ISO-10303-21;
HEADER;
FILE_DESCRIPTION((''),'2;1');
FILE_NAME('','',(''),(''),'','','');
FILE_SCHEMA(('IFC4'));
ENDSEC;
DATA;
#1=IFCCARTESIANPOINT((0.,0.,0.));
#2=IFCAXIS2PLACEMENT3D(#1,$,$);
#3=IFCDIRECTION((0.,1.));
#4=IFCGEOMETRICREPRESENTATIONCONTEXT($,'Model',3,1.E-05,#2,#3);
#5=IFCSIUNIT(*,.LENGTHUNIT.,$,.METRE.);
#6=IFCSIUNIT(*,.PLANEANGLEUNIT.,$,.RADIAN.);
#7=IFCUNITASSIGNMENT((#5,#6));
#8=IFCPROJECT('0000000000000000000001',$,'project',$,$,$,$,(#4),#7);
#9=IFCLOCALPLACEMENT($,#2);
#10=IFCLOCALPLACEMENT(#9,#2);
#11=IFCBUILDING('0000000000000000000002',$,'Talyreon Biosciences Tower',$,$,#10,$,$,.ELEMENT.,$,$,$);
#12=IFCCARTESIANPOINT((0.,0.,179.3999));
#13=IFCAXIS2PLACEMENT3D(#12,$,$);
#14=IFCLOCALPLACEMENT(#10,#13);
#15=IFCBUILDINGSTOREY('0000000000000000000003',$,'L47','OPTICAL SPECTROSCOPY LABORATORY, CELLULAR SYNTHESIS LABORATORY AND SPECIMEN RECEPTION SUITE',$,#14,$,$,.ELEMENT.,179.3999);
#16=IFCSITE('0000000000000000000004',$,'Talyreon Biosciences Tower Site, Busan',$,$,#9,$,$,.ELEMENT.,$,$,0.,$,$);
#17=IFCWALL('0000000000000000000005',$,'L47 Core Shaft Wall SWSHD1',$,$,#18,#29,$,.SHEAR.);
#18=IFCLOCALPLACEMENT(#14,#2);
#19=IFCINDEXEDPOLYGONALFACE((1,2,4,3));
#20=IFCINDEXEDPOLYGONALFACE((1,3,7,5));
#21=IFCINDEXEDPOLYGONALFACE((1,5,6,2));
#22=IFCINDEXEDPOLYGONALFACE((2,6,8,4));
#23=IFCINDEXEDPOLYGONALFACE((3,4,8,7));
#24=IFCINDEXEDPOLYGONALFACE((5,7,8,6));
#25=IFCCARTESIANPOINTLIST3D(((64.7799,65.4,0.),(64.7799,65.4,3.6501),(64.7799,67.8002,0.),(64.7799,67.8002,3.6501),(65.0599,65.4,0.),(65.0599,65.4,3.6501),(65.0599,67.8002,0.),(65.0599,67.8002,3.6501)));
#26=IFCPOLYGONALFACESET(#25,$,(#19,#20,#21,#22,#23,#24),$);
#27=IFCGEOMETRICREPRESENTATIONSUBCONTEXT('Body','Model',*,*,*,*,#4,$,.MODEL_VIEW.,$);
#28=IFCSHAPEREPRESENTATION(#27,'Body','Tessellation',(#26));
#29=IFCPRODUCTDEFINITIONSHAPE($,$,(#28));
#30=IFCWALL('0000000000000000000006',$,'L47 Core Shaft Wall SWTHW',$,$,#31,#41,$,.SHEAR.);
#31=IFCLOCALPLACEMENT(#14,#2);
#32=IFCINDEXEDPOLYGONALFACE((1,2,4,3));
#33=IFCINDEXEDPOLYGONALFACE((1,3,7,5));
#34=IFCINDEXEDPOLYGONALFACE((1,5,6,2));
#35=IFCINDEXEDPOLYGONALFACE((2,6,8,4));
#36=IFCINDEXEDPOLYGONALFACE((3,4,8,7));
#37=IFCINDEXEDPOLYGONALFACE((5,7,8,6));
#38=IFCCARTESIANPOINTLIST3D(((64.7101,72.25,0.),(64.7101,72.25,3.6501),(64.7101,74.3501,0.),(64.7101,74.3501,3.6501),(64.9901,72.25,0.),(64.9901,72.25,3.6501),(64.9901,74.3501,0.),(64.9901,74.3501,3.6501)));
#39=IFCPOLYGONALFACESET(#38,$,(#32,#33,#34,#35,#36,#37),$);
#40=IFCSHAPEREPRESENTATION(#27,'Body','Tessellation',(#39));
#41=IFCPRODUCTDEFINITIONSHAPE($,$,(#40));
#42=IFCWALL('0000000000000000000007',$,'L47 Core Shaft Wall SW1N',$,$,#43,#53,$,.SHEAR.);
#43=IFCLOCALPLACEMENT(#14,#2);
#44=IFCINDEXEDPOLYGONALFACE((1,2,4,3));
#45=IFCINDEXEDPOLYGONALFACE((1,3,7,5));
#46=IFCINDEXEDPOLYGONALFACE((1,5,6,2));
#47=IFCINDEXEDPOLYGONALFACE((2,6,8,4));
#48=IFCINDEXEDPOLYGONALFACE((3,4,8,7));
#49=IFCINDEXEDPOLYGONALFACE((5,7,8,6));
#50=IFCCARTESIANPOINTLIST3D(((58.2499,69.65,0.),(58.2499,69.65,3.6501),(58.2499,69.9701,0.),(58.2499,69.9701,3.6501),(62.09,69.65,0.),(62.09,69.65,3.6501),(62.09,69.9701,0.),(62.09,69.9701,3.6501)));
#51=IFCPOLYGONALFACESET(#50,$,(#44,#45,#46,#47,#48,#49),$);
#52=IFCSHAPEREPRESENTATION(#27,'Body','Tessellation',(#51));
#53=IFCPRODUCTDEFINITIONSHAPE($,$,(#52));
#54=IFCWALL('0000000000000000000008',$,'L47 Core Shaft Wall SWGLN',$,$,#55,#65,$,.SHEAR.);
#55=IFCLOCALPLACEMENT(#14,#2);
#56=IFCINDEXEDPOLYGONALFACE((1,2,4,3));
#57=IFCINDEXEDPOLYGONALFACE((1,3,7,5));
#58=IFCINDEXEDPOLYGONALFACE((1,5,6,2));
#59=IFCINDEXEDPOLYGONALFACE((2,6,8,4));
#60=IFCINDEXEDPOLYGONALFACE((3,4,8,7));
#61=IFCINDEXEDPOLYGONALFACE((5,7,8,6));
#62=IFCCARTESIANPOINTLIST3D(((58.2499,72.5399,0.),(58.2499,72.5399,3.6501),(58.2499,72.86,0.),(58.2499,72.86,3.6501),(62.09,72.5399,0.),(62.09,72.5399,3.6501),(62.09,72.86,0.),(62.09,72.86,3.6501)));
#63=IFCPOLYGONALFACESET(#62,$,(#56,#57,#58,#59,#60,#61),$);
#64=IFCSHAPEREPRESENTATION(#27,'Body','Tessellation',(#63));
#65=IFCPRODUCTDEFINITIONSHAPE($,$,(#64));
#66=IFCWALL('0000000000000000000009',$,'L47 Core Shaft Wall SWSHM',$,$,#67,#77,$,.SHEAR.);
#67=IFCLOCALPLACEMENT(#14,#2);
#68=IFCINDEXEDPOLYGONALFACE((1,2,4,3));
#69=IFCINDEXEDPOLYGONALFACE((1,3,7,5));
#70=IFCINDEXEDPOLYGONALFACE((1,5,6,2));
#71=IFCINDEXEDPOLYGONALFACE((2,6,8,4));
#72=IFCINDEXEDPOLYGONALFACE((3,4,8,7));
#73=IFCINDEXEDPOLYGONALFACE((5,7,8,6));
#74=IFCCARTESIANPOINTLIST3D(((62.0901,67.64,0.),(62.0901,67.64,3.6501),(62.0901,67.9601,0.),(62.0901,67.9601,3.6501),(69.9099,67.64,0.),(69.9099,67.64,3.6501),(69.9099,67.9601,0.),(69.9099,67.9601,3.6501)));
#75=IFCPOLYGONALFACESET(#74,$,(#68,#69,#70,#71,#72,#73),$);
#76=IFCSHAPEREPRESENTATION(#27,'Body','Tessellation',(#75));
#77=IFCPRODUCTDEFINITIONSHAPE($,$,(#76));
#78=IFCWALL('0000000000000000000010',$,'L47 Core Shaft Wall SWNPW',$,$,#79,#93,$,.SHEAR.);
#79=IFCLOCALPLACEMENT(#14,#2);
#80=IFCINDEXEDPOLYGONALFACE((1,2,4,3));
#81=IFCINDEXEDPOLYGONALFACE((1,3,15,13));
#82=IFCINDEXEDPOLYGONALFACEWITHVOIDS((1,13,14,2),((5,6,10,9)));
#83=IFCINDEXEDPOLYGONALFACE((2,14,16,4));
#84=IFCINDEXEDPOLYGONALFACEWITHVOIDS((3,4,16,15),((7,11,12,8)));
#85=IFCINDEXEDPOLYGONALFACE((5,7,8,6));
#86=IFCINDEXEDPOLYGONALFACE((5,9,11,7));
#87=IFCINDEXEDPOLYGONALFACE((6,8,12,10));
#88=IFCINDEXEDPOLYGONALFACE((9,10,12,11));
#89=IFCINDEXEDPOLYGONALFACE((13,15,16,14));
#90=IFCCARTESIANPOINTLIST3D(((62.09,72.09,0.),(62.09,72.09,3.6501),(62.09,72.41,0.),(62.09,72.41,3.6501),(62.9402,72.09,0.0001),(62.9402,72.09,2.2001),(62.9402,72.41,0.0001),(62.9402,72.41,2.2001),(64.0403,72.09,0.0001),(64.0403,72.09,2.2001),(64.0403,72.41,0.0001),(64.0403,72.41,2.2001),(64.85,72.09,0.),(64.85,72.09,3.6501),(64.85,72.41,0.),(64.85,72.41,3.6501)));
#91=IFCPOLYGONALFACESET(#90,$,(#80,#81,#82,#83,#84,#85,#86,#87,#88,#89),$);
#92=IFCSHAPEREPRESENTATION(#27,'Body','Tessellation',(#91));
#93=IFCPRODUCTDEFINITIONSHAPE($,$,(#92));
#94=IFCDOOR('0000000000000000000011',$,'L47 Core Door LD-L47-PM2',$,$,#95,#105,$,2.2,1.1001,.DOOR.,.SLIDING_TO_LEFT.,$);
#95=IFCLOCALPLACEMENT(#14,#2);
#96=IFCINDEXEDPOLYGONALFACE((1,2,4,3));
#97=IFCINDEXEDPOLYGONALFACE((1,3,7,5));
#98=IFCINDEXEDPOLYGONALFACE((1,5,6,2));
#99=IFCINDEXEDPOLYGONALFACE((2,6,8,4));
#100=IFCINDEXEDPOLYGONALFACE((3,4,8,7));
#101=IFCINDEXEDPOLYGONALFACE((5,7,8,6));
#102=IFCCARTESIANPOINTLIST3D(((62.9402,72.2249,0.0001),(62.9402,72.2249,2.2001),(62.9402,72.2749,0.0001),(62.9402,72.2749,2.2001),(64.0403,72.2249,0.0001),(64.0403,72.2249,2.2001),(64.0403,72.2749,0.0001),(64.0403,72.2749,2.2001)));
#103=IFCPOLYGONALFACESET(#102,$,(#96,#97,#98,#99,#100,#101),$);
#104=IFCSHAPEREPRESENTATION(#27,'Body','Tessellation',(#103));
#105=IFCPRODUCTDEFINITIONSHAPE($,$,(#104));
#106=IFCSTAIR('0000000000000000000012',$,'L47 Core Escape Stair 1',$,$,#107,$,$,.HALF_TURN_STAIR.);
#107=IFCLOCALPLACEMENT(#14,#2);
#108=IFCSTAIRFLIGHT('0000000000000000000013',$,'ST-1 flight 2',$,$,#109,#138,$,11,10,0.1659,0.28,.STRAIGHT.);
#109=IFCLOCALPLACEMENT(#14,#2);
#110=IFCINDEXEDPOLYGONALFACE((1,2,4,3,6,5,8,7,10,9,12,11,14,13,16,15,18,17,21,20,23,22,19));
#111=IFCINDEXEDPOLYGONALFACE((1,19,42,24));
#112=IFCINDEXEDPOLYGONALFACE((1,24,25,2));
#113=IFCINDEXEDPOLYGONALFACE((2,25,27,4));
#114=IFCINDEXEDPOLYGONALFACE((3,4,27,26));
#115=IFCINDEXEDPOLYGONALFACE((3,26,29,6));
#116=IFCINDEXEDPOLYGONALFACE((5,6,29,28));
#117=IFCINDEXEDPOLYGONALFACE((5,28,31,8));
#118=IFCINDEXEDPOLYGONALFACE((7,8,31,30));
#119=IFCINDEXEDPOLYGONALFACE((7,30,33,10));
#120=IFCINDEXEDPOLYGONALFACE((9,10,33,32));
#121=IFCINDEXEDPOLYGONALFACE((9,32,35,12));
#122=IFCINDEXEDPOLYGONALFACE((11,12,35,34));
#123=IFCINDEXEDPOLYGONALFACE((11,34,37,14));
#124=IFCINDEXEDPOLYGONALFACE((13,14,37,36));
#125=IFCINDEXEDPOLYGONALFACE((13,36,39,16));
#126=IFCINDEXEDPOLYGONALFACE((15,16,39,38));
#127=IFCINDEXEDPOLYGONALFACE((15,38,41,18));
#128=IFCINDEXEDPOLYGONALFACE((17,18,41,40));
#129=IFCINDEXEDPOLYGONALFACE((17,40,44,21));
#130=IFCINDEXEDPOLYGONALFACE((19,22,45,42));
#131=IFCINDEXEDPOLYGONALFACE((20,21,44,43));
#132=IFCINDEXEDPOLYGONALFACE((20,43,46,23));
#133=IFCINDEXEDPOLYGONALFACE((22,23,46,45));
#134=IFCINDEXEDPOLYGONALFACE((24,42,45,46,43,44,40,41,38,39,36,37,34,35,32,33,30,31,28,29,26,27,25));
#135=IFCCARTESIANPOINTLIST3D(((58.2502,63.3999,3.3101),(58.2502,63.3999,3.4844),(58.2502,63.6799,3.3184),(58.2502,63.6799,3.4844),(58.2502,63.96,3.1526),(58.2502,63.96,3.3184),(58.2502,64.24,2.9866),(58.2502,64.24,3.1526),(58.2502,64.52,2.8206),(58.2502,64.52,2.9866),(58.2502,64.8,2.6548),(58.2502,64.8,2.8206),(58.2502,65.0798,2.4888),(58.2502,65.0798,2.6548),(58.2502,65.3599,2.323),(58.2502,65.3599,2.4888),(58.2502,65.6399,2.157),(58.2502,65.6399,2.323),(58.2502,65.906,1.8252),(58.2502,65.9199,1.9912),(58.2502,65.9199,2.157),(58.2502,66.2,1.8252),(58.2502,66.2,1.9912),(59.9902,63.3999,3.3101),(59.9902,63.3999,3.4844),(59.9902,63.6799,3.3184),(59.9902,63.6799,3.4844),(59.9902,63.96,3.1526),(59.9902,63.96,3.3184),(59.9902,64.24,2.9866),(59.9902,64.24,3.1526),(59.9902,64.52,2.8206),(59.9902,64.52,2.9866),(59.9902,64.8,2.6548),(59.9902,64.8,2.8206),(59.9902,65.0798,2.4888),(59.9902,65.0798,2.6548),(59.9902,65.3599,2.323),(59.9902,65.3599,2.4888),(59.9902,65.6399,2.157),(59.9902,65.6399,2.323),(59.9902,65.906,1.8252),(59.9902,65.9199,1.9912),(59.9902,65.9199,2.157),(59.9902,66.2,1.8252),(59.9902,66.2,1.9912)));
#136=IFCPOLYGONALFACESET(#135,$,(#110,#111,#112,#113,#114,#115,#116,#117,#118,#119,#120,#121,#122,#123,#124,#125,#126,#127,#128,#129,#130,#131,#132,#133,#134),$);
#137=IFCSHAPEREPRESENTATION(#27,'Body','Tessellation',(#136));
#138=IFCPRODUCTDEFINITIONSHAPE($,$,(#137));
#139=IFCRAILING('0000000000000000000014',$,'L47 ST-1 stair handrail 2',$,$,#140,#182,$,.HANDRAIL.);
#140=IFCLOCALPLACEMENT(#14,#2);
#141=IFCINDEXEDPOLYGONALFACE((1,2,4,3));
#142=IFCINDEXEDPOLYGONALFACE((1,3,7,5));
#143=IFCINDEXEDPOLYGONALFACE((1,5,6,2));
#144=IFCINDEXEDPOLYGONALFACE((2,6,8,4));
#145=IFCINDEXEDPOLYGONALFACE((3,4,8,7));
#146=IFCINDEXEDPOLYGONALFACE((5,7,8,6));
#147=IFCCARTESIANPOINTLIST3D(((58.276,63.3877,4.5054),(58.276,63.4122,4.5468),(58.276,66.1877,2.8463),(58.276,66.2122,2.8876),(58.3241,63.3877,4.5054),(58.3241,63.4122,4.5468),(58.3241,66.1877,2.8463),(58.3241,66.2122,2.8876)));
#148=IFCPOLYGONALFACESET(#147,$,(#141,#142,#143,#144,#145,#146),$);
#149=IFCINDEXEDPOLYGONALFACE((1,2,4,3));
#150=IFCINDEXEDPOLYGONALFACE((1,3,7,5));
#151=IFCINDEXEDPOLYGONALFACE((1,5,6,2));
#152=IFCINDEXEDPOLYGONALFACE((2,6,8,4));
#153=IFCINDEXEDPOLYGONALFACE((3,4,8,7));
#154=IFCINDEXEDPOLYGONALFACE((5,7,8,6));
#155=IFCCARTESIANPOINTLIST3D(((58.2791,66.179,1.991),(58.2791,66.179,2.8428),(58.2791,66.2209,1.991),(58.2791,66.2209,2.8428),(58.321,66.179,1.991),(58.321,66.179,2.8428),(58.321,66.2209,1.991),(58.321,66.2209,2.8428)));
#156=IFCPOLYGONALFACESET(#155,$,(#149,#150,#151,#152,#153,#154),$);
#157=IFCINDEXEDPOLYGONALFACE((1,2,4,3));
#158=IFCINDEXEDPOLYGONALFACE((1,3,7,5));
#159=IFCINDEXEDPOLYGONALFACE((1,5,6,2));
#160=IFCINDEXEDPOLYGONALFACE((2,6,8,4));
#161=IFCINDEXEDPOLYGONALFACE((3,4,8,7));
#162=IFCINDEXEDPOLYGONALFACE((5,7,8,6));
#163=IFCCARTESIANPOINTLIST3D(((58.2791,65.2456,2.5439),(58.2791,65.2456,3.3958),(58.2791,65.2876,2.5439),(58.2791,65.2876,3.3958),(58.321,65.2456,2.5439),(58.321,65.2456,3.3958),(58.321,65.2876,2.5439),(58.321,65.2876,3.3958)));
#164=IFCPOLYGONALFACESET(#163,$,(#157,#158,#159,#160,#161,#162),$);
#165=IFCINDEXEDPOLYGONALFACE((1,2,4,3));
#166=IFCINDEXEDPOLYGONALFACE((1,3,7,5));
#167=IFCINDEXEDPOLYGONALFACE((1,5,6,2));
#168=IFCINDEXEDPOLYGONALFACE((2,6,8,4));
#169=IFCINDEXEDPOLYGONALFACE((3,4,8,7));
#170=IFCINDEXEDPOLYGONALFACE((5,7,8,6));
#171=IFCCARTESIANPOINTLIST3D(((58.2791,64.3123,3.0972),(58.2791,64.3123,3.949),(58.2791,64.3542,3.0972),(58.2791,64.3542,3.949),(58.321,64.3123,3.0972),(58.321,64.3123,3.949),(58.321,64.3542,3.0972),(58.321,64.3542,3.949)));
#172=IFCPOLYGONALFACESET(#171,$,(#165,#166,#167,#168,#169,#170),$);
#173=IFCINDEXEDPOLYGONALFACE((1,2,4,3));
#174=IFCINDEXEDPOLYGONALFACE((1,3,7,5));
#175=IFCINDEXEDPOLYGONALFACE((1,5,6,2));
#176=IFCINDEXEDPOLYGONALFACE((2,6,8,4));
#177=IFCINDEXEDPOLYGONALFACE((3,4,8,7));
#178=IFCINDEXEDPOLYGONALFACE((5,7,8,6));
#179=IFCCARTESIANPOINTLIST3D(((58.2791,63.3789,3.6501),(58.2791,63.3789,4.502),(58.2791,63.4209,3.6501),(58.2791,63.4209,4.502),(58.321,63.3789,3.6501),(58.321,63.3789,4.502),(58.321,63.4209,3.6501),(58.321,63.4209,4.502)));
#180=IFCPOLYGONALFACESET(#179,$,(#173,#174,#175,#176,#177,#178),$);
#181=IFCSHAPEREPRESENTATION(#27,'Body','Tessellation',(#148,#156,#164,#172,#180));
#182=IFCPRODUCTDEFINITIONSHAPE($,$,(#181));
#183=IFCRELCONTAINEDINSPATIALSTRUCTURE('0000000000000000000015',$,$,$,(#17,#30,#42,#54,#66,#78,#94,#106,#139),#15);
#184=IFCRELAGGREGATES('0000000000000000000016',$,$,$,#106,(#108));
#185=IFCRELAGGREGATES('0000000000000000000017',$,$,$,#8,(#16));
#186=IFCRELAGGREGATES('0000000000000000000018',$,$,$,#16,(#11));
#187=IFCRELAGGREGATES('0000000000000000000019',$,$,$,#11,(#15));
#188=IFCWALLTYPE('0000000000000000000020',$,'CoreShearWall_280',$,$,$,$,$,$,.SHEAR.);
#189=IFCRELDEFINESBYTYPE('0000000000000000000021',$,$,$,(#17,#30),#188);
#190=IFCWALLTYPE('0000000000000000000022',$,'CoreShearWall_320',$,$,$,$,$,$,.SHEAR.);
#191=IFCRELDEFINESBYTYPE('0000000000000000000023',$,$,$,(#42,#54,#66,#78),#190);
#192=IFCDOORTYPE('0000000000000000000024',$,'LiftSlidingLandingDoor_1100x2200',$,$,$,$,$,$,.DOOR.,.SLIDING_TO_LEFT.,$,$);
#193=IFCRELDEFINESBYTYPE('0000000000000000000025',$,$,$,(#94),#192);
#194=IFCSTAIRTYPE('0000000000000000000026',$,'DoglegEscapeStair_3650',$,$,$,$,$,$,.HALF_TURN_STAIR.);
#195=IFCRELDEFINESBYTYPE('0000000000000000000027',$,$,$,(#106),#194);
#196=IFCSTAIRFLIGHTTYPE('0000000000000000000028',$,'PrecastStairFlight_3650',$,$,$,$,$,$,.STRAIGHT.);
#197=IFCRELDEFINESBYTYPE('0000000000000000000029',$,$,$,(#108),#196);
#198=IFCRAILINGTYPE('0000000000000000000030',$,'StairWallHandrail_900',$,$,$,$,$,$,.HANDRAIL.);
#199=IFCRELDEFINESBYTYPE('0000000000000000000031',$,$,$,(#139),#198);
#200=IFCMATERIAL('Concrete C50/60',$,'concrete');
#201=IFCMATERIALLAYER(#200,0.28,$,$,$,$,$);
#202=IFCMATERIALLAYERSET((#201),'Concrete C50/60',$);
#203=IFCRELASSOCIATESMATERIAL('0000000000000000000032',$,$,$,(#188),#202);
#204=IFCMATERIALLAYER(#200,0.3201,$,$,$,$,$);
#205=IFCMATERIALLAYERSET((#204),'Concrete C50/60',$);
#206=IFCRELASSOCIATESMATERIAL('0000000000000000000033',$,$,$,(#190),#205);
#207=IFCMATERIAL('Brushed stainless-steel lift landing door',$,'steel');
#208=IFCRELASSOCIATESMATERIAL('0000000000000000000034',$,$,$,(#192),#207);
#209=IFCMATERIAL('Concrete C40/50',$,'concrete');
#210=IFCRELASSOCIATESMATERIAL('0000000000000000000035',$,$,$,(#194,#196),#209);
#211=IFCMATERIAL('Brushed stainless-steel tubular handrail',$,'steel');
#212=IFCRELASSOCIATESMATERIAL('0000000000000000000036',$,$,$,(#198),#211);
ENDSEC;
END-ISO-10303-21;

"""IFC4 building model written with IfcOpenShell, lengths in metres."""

from ifc_helpers import new_model, si_unit, direction, frame, frame_2d, origin, origin_2d, place, context, subcontext, project, spatial, polyline, rectangle, outline, extrude, material, layer, layer_set, type_object, element, fill, aggregate, save


model = new_model("IFC4")

# Units and contexts
model_context = context("Model", 3, precision=1e-05, world=origin(), true_north=direction((0.0, 1.0)))
body_context = subcontext(model_context, "Body", "Model", "MODEL_VIEW")
ifc_project = project(units=[si_unit("LENGTHUNIT", "METRE"), si_unit("PLANEANGLEUNIT", "RADIAN")], contexts=[model_context])

# Site, building, storey
site_placement = place(None, origin())
site = spatial("IfcSite", under=ifc_project, at=site_placement, Name="Talyreon Biosciences Tower Site, Busan", CompositionType="ELEMENT", RefElevation=0.0)
building_placement = place(site_placement, origin())
building = spatial("IfcBuilding", under=site, at=building_placement, Name="Talyreon Biosciences Tower", CompositionType="ELEMENT")
storey_placement = place(building_placement, frame((0.0, 0.0, 179.3999)))
storey = spatial("IfcBuildingStorey", under=building, at=storey_placement, Name="L47", Description="OPTICAL SPECTROSCOPY LABORATORY, CELLULAR SYNTHESIS LABORATORY AND SPECIMEN RECEPTION SUITE", CompositionType="ELEMENT", Elevation=179.3999)

# Walls
ifc_material_1 = material(Name="Concrete C50/60", Category="concrete")
ifc_layer_1 = layer(ifc_material_1, 0.28)
ifc_layer_set_1 = layer_set([ifc_layer_1], Name="Concrete C50/60")
wall_type_1 = type_object("IfcWallType", Name="CoreShearWall_280", PredefinedType="SHEAR", material=ifc_layer_set_1)
wall_1_placement = place(storey_placement, frame((64.9199, 65.3999, 0.0), z_axis=(0.0, 0.0, 1.0), x_axis=(0.0, 1.0, 0.0)))
element("IfcWall", 1, at=wall_1_placement, inside=storey, type_object=wall_type_1, Name="L47 Core Shaft Wall SWSHD1", PredefinedType="SHEAR", context=body_context, shape_type="SweptSolid", body=[
    extrude(rectangle(XDim=2.4001, YDim=0.28, at=frame_2d((1.2002, 0.0))), origin(), (0.0, 0.0, 1.0), 3.6501),
])
wall_2_placement = place(storey_placement, frame((64.8501, 72.25, 0.0), z_axis=(0.0, 0.0, 1.0), x_axis=(0.0, 1.0, 0.0)))
element("IfcWall", 2, at=wall_2_placement, inside=storey, type_object=wall_type_1, Name="L47 Core Shaft Wall SWTHW", PredefinedType="SHEAR", context=body_context, shape_type="SweptSolid", body=[
    extrude(rectangle(XDim=2.1001, YDim=0.28, at=frame_2d((1.05, 0.0))), origin(), (0.0, 0.0, 1.0), 3.6501),
])
ifc_layer_2 = layer(ifc_material_1, 0.3201)
ifc_layer_set_2 = layer_set([ifc_layer_2], Name="Concrete C50/60")
wall_type_2 = type_object("IfcWallType", Name="CoreShearWall_320", PredefinedType="SHEAR", material=ifc_layer_set_2)
for number, where, z_axis, x_axis, name in (
    (3, (58.25, 69.8101, 0.0), (0.0, 0.0, 1.0), (1.0, 0.0, 0.0), "L47 Core Shaft Wall SW1N"),
    (4, (58.25, 72.7, 0.0), (0.0, 0.0, 1.0), (1.0, 0.0, 0.0), "L47 Core Shaft Wall SWGLN"),
):
    element("IfcWall", number, at=place(storey_placement, frame(where, z_axis=z_axis, x_axis=x_axis)), inside=storey, type_object=wall_type_2, Name=name, PredefinedType="SHEAR", context=body_context, shape_type="SweptSolid", body=[
        extrude(rectangle(XDim=3.8401, YDim=0.3201, at=frame_2d((1.9199, 0.0))), origin(), (0.0, 0.0, 1.0), 3.6501),
    ])
wall_3_placement = place(storey_placement, frame((62.0901, 67.8, 0.0), z_axis=(0.0, 0.0, 1.0), x_axis=(1.0, 0.0, 0.0)))
element("IfcWall", 5, at=wall_3_placement, inside=storey, type_object=wall_type_2, Name="L47 Core Shaft Wall SWSHM", PredefinedType="SHEAR", context=body_context, shape_type="SweptSolid", body=[
    extrude(rectangle(XDim=7.8198, YDim=0.3201, at=frame_2d((3.9099, 0.0))), origin(), (0.0, 0.0, 1.0), 3.6501),
])

# Shared definitions
ifc_material_2 = material(Name="Brushed stainless-steel lift landing door", Category="steel")
door_type_1 = type_object("IfcDoorType", Name="LiftSlidingLandingDoor_1100x2200", OperationType="SLIDING_TO_LEFT", PredefinedType="DOOR", material=ifc_material_2)

# Wall, opening, door
wall_4_placement = place(storey_placement, frame((62.0901, 72.25, 0.0), z_axis=(0.0, 0.0, 1.0), x_axis=(1.0, 0.0, 0.0)))
wall_4 = element("IfcWall", 6, at=wall_4_placement, inside=storey, type_object=wall_type_2, Name="L47 Core Shaft Wall SWNPW", PredefinedType="SHEAR", context=body_context, shape_type="SweptSolid", body=[
    extrude(rectangle(XDim=2.76, YDim=0.3201, at=frame_2d((1.3799, 0.0))), origin(), (0.0, 0.0, 1.0), 3.6501),
])
opening_1_placement = place(wall_4_placement, frame((0.8501, 0.0, 0.0)))
opening_1 = element("IfcOpeningElement", 7, at=opening_1_placement, cuts=wall_4, PredefinedType="OPENING", context=body_context, shape_type="SweptSolid", body=[
    extrude(rectangle(XDim=1.1001, YDim=2.2, at=frame_2d((0.55, 1.1001))), frame((0.0, 0.1699, 0.0), z_axis=(0.0, -1.0, 0.0), x_axis=(1.0, 0.0, 0.0)), (0.0, 0.0, 1.0), 0.3401),
])
door_1_placement = place(opening_1_placement, origin())
door_1 = element("IfcDoor", 8, at=door_1_placement, inside=storey, type_object=door_type_1, Name="L47 Core Door LD-L47-PM2", OperationType="SLIDING_TO_LEFT", OverallHeight=2.2, OverallWidth=1.1001, PredefinedType="DOOR", context=body_context, shape_type="SweptSolid", body=[
    extrude(rectangle(XDim=1.1001, YDim=2.2, at=frame_2d((0.55, 1.1001))), frame((0.0, 0.0249, 0.0), z_axis=(0.0, -1.0, 0.0), x_axis=(1.0, 0.0, 0.0)), (0.0, 0.0, 1.0), 0.05),
])
fill(opening_1, door_1)

# Stair, stair flight
ifc_material_3 = material(Name="Concrete C40/50", Category="concrete")
stair_type = type_object("IfcStairType", Name="DoglegEscapeStair_3650", PredefinedType="HALF_TURN_STAIR", material=ifc_material_3)
stair_placement = place(storey_placement, origin())
stair = element("IfcStair", 9, at=stair_placement, inside=storey, type_object=stair_type, Name="L47 Core Escape Stair 1", PredefinedType="HALF_TURN_STAIR")
stair_flight_type = type_object("IfcStairFlightType", Name="PrecastStairFlight_3650", PredefinedType="STRAIGHT", material=ifc_material_3)
stair_flight_placement = place(storey_placement, frame((59.1201, 66.2, 1.8252), z_axis=(0.0, 0.0, 1.0), x_axis=(0.0, -1.0, 0.0)))
stair_flight = element("IfcStairFlight", 10, at=stair_flight_placement, type_object=stair_flight_type, Name="ST-1 flight 2", NumberOfRisers=11, NumberOfTreads=10, PredefinedType="STRAIGHT", RiserHeight=0.1659, TreadLength=0.28, context=body_context, shape_type="SweptSolid", body=[
    extrude(outline(polyline([(0.0, 0.0), (0.0, 0.166), (0.28, 0.166), (0.28, 0.3318), (0.5601, 0.3318), (0.5601, 0.4978), (0.8401, 0.4978), (0.8401, 0.6636), (1.1201, 0.6636), (1.1201, 0.8296), (1.3999, 0.8296), (1.3999, 0.9954), (1.6799, 0.9954), (1.6799, 1.1614), (1.96, 1.1614), (1.96, 1.3274), (2.24, 1.3274), (2.24, 1.4932), (2.52, 1.4932), (2.52, 1.6592), (2.8, 1.6592), (2.8, 1.825), (2.8, 1.4849), (0.2939, 0.0), (0.0, 0.0)])), frame((0.0, 0.8701, 0.0), z_axis=(0.0, -1.0, 0.0), x_axis=(1.0, 0.0, 0.0)), (0.0, 0.0, 1.0), 1.74),
])
aggregate(stair, [stair_flight])

# Railing
ifc_material_4 = material(Name="Brushed stainless-steel tubular handrail", Category="steel")
railing_type_1 = type_object("IfcRailingType", Name="StairWallHandrail_900", PredefinedType="HANDRAIL", material=ifc_material_4)
railing_1_placement = place(storey_placement, frame((58.3, 66.2, 1.991)))
element("IfcRailing", 11, at=railing_1_placement, inside=storey, type_object=railing_type_1, Name="L47 ST-1 stair handrail 2", PredefinedType="HANDRAIL", context=body_context, shape_type="SweptSolid", body=[
    extrude(rectangle(XDim=0.0481, YDim=0.0481, at=origin_2d()), frame((0.0, 0.0, 0.876), z_axis=(0.0, -0.860306, 0.509778), x_axis=(1.0, 0.0, 0.0)), (0.0, 0.0, 1.0), 3.2546),
    extrude(rectangle(XDim=0.042, YDim=0.042, at=origin_2d()), origin(), (0.0, 0.0, 1.0), 0.8518),
    extrude(rectangle(XDim=0.042, YDim=0.042, at=origin_2d()), frame((0.0, -0.9333, 0.553)), (0.0, 0.0, 1.0), 0.8518),
    extrude(rectangle(XDim=0.042, YDim=0.042, at=origin_2d()), frame((0.0, -1.8667, 1.1062)), (0.0, 0.0, 1.0), 0.8518),
    extrude(rectangle(XDim=0.042, YDim=0.042, at=origin_2d()), frame((0.0, -2.8, 1.6592)), (0.0, 0.0, 1.0), 0.8518),
])

save(model, "model.ifc")
